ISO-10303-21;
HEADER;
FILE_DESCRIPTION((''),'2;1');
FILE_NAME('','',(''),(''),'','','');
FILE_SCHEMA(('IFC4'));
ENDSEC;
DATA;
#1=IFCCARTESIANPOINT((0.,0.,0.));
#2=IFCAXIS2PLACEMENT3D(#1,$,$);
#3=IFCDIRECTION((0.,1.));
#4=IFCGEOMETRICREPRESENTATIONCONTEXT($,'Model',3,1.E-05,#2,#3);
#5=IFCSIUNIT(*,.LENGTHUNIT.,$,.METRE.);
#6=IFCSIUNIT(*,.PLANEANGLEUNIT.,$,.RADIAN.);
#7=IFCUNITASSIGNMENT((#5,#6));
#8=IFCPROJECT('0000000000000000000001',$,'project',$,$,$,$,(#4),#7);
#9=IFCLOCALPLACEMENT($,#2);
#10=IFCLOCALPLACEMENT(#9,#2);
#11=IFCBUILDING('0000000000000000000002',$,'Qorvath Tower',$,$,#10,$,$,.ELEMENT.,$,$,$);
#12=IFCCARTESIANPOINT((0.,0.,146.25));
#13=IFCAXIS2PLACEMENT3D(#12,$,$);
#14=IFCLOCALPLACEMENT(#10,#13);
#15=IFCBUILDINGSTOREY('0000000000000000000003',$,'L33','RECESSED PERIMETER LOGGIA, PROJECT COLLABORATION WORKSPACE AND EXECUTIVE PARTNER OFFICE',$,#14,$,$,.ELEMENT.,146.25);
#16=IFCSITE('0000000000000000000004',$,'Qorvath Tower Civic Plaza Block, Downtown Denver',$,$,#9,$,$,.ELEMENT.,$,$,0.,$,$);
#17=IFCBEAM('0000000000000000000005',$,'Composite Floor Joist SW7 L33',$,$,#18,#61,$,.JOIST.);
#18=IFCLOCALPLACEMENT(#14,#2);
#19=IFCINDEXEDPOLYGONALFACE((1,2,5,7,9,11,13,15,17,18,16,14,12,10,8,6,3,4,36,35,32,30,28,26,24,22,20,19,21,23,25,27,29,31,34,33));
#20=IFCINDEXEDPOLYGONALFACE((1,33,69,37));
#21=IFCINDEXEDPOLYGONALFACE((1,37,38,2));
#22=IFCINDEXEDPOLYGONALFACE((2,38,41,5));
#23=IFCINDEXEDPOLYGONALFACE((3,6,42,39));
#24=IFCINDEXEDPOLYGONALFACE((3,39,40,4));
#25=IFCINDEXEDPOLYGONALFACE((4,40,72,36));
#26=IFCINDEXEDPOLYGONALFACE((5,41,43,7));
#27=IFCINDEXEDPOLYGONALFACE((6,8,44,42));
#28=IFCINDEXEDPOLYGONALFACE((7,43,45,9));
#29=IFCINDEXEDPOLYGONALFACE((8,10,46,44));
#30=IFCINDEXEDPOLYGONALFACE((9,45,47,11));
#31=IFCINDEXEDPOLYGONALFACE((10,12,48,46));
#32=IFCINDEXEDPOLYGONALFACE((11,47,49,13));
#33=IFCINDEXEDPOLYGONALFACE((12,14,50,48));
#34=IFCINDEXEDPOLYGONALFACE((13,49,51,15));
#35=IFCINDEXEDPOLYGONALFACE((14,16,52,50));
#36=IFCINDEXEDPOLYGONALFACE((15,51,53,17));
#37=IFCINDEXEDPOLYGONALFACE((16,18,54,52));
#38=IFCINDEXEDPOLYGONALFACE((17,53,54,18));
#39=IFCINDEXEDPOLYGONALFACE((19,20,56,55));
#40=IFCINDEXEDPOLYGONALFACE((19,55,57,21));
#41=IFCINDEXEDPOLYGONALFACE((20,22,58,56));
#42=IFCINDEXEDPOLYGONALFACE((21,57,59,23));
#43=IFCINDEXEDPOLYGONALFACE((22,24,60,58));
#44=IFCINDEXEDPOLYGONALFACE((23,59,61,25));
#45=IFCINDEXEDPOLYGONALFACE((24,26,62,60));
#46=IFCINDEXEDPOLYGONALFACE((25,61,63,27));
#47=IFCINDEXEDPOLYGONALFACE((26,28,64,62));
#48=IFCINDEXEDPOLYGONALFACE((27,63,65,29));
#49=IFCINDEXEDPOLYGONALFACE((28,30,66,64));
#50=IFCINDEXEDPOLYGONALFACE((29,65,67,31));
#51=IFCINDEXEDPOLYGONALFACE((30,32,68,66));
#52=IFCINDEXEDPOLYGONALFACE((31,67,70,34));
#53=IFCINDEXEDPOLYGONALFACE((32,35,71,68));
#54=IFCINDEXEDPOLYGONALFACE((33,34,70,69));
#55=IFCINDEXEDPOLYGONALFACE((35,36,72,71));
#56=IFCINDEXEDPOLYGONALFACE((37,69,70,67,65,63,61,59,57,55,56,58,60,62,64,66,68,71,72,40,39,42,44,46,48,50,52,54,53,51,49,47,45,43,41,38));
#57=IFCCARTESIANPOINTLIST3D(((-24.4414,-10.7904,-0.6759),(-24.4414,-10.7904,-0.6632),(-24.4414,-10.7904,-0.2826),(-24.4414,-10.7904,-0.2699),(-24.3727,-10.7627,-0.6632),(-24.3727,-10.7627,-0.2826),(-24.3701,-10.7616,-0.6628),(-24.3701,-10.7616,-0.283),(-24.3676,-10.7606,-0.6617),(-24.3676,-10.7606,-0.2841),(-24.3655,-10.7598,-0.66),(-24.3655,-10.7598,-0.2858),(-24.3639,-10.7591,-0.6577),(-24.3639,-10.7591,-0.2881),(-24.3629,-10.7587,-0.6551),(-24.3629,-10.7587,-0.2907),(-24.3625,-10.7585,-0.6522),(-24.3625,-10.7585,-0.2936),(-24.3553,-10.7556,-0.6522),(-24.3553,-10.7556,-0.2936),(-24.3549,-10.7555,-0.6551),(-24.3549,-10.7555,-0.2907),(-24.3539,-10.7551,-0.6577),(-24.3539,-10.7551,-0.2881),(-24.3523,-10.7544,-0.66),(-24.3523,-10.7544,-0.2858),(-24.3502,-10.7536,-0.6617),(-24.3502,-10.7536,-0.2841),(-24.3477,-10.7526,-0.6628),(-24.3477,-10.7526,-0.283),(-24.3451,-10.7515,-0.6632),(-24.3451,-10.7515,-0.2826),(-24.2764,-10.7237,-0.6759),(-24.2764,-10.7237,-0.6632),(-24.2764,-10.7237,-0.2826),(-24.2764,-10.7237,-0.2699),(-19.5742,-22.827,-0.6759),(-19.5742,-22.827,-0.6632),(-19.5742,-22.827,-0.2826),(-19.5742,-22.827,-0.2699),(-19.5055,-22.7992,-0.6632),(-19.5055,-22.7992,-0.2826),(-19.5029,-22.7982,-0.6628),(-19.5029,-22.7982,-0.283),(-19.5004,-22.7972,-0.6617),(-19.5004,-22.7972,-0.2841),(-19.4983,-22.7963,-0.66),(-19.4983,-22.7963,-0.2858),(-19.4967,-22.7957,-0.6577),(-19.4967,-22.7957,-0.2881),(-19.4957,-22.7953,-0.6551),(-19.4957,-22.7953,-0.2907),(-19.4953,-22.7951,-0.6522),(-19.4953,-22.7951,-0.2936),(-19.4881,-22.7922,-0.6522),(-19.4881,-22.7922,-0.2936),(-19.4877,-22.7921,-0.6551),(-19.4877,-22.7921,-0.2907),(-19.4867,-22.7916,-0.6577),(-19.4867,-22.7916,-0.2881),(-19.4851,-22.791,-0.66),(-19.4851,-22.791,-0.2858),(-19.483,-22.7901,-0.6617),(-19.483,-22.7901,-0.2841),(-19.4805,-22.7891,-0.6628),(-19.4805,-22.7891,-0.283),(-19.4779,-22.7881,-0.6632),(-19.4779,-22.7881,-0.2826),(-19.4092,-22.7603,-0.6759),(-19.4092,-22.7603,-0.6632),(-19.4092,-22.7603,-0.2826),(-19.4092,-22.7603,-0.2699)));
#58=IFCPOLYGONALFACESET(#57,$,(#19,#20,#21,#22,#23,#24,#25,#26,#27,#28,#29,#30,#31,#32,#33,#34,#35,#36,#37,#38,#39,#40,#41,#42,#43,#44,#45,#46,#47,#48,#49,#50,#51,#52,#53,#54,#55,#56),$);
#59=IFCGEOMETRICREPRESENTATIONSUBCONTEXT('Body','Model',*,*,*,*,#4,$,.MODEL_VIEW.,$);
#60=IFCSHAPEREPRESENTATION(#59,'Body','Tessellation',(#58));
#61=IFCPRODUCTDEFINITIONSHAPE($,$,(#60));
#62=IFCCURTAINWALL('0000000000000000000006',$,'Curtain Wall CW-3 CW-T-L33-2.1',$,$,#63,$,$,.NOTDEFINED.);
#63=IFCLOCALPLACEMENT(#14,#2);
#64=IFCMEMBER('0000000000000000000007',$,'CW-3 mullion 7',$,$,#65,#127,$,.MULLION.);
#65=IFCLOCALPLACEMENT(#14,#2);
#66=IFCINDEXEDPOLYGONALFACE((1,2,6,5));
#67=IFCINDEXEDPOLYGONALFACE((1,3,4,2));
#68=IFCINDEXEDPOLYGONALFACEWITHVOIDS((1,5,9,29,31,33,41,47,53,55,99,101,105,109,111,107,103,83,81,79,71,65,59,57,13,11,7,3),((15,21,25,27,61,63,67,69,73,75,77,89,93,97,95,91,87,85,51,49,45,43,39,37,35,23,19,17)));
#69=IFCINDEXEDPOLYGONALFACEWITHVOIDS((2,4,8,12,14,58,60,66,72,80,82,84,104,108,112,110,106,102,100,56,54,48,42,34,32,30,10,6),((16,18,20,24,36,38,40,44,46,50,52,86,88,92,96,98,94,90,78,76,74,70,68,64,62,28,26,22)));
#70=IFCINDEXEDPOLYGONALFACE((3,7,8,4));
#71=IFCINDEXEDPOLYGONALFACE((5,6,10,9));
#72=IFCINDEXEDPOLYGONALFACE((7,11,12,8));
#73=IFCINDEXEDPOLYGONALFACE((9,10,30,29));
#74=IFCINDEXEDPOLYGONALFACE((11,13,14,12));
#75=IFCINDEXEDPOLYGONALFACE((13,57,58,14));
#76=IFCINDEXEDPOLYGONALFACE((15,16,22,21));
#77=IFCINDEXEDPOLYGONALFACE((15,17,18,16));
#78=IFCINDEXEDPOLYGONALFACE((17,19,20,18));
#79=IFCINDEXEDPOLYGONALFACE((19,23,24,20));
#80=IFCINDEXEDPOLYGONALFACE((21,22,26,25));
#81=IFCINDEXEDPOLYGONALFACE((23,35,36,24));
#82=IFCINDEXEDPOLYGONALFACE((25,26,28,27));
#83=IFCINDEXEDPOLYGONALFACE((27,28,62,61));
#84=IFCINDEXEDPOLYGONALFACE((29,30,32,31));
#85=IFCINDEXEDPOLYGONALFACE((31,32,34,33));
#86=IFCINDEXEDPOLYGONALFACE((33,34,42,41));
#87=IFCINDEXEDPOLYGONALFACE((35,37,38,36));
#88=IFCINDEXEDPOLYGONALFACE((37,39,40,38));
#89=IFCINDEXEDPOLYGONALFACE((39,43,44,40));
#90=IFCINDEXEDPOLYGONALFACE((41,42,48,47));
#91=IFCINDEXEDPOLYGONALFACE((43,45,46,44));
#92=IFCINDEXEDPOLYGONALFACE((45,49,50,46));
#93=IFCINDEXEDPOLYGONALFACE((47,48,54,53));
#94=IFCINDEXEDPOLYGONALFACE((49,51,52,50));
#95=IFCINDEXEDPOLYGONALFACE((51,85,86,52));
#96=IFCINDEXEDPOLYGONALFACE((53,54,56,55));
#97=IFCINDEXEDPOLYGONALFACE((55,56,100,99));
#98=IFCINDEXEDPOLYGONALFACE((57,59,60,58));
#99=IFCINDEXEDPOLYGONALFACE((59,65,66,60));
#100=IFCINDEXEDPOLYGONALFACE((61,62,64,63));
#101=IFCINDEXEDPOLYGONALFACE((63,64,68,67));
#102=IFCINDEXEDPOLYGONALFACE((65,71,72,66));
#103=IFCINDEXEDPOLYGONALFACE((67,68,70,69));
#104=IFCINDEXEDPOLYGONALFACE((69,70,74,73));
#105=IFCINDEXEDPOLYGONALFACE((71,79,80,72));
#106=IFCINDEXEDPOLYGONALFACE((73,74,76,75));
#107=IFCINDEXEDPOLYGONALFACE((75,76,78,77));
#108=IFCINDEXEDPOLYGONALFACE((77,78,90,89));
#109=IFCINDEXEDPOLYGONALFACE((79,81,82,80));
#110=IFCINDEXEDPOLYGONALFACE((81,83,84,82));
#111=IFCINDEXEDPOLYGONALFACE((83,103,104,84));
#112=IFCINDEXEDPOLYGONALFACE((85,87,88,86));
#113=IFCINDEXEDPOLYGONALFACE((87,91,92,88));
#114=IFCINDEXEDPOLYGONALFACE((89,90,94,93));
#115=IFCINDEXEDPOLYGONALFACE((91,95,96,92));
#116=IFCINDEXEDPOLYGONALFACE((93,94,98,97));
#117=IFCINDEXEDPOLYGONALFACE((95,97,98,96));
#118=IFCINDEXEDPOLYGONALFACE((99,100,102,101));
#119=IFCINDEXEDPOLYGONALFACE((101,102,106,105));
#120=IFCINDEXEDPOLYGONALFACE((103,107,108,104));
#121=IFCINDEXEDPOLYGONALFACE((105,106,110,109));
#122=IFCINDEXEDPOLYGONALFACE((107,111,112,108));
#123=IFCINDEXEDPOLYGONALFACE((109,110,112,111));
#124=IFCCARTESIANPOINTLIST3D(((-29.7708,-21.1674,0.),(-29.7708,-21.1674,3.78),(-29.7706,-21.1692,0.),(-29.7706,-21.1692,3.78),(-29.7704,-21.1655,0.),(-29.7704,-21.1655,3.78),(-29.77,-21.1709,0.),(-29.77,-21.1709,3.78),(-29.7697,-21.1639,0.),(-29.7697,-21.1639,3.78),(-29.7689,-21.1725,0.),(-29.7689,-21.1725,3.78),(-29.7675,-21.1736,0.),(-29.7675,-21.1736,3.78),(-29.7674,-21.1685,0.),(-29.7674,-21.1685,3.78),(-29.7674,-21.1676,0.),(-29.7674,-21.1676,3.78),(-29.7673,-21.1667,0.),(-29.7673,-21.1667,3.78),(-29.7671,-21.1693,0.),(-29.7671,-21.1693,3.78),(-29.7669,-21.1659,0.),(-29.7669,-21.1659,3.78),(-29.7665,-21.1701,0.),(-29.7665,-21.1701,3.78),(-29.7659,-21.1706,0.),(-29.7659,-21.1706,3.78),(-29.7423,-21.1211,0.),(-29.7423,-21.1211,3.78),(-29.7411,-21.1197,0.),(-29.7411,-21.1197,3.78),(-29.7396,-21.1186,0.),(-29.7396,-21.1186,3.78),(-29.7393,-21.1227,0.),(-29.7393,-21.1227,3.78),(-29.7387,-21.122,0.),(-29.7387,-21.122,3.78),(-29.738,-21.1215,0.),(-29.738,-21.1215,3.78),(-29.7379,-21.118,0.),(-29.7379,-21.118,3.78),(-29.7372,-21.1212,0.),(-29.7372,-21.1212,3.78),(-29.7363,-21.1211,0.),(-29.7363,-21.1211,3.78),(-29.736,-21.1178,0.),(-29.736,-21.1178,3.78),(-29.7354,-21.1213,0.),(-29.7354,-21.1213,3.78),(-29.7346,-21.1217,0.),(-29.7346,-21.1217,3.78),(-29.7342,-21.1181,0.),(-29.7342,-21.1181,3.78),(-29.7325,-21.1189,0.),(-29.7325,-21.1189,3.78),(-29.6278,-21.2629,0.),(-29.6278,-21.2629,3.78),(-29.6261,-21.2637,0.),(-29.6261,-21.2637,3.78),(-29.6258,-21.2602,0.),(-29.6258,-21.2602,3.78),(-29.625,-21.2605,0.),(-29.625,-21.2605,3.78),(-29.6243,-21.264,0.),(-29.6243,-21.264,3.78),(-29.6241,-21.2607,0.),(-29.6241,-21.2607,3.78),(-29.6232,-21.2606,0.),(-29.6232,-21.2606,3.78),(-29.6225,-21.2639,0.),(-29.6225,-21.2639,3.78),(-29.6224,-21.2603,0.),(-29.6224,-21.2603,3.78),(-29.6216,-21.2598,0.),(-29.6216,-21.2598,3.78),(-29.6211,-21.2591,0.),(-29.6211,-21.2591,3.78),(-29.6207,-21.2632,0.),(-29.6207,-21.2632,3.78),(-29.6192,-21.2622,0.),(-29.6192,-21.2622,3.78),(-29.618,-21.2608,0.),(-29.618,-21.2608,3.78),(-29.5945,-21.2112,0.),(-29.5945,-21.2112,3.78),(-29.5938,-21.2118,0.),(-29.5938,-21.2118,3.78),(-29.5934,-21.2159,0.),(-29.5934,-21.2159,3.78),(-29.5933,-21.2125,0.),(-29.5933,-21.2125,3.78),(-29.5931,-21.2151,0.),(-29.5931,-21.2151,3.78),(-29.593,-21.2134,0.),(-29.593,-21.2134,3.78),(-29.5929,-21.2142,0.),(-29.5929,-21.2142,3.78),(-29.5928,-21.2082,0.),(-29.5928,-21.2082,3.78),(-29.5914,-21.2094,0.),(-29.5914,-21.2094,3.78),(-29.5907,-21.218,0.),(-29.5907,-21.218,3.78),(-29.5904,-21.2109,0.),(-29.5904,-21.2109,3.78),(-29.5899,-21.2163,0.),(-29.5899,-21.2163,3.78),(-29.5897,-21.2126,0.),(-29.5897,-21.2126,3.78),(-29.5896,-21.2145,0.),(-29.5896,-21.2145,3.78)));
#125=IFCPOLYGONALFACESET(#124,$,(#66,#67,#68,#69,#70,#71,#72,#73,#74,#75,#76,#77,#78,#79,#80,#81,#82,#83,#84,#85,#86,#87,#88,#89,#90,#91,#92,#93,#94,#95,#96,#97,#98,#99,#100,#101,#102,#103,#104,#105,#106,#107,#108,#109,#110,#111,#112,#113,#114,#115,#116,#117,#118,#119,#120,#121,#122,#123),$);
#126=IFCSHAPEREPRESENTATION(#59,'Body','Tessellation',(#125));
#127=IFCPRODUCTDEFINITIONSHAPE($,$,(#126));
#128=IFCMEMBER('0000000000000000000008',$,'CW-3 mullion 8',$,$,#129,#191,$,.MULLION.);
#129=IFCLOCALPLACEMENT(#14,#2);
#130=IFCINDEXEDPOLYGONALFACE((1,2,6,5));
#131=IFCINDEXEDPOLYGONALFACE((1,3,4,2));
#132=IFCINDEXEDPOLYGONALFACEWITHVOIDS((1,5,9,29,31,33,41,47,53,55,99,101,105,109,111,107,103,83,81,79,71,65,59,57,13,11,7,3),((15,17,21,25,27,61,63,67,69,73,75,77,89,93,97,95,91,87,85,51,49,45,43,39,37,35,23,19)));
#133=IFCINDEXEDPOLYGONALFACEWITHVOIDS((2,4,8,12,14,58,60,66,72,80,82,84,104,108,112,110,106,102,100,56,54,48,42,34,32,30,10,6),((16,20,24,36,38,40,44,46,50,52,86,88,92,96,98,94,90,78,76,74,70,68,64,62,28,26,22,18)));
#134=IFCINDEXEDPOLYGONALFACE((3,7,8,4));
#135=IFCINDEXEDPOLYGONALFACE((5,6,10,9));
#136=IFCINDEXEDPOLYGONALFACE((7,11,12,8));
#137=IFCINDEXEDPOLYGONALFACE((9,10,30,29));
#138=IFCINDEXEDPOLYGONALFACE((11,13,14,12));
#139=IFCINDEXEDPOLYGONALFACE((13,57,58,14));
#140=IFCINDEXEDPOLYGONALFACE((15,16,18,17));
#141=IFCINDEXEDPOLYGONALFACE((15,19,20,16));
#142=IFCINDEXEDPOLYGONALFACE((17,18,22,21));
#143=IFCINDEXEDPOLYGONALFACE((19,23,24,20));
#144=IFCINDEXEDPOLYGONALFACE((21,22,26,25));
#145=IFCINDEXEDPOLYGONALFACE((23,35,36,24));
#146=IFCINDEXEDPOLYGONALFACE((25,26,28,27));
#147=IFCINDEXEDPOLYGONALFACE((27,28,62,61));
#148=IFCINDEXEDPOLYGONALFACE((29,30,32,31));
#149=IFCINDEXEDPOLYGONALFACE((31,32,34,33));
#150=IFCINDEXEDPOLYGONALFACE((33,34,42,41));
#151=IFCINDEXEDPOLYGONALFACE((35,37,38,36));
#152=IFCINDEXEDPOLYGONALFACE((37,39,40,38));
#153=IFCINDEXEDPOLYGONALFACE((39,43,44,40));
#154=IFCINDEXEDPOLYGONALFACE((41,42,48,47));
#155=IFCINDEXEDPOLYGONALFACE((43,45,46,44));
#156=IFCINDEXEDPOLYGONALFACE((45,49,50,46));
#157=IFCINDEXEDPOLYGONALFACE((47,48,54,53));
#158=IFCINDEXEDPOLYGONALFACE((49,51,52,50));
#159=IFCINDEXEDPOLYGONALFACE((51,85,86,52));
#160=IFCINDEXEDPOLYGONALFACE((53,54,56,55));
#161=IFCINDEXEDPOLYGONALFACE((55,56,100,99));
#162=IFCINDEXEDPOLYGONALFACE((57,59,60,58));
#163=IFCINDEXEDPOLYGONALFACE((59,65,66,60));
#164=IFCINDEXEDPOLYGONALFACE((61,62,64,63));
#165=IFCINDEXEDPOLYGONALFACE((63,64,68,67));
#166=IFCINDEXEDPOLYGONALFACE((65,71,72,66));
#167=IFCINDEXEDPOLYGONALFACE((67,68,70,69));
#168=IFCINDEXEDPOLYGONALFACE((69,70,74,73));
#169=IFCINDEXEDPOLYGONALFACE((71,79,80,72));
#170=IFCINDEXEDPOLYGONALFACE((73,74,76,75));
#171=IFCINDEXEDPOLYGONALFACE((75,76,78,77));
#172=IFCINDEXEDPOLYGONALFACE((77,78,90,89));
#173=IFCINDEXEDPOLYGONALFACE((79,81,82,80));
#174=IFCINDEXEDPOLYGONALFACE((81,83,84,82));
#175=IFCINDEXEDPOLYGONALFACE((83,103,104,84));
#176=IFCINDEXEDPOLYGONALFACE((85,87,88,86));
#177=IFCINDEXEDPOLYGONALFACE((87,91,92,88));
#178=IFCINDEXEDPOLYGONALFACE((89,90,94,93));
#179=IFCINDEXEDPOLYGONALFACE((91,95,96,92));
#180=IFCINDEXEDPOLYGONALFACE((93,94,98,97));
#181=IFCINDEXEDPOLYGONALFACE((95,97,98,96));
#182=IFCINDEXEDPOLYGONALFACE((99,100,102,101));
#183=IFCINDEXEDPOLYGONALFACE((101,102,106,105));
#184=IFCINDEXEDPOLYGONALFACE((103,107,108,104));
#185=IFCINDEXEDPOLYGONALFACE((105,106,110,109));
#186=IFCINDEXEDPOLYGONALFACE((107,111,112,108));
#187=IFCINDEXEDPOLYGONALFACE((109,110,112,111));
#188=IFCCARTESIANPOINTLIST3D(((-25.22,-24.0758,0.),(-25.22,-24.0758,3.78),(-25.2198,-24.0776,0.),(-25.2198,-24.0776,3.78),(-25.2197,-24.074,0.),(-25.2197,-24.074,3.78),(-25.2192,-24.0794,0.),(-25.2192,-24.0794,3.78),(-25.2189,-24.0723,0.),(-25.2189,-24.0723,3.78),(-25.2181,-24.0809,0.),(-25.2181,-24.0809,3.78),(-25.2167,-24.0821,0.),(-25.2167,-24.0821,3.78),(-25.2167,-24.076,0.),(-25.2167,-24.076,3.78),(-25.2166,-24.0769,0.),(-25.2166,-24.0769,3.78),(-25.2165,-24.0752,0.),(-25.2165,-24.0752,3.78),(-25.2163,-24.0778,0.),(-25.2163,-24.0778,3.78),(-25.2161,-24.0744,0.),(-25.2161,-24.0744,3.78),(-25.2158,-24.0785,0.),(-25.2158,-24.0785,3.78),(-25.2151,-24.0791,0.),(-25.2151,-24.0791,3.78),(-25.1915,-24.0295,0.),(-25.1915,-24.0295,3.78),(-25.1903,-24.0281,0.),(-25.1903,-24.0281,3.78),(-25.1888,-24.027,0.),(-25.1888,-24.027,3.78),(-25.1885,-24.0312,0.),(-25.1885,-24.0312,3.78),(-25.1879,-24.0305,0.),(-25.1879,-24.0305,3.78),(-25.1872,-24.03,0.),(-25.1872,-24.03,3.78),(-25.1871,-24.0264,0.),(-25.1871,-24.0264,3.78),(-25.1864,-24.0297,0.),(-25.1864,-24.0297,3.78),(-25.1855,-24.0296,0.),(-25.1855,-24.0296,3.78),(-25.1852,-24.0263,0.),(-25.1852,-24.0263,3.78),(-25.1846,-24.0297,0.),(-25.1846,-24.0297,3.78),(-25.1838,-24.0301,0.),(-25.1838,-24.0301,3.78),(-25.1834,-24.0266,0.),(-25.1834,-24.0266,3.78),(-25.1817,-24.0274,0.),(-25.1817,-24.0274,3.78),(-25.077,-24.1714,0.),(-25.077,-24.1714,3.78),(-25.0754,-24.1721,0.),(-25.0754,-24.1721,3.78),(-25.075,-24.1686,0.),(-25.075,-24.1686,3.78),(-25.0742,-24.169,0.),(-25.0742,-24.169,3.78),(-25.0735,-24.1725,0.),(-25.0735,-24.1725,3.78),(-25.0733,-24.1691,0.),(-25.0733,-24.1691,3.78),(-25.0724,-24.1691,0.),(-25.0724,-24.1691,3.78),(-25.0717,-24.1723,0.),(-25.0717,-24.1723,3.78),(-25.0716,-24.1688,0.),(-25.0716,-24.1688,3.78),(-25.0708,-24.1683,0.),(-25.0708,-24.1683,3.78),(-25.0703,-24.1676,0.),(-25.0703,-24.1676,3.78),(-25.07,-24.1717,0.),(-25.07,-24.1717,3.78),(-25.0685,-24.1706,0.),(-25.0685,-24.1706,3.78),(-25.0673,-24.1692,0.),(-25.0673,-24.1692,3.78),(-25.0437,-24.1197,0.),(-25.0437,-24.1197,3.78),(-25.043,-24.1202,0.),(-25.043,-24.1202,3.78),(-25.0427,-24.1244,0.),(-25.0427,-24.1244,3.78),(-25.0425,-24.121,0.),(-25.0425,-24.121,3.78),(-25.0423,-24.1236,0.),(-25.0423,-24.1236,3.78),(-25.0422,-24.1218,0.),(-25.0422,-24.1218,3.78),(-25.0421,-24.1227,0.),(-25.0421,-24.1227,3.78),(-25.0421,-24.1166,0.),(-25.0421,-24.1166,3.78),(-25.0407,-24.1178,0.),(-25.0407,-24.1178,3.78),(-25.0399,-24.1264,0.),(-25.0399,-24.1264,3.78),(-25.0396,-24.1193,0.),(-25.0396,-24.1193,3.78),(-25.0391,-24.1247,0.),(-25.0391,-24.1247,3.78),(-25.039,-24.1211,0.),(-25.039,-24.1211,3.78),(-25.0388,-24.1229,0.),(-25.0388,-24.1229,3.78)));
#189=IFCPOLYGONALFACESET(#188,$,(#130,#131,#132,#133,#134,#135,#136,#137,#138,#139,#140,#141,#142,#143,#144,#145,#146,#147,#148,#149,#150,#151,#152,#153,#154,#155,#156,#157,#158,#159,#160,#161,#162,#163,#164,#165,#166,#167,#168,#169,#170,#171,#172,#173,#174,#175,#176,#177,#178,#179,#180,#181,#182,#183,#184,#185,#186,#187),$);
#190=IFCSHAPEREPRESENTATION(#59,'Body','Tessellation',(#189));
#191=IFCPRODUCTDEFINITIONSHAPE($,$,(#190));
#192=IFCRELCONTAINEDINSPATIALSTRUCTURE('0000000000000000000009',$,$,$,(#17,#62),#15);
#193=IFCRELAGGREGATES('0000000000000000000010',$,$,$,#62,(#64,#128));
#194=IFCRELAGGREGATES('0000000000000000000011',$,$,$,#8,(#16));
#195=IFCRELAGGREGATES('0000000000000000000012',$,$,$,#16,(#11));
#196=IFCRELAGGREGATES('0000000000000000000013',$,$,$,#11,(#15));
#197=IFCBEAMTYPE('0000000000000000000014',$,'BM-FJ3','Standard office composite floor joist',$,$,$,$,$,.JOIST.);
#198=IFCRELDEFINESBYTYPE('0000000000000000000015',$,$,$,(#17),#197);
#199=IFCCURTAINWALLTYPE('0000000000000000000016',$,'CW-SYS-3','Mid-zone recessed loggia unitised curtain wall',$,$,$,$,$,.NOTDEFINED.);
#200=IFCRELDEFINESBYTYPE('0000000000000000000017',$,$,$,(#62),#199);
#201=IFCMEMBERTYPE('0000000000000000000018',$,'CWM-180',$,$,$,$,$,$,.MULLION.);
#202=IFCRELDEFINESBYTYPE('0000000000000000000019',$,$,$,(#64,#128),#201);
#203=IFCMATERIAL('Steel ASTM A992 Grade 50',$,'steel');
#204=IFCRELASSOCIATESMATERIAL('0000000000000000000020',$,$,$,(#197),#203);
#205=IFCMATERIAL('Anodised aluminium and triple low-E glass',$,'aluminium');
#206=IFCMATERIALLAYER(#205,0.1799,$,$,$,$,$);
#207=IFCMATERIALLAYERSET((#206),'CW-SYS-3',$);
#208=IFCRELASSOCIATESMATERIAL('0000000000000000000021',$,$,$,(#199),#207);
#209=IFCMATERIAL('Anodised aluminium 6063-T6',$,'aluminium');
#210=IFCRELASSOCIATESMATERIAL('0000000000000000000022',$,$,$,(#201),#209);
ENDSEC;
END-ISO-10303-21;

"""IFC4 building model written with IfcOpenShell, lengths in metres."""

from ifc_helpers import new_model, si_unit, direction, frame, origin, origin_2d, place, context, subcontext, project, spatial, hollow_rectangle, i_section, extrude, material, layer, layer_set, material_profile, profile_set, type_object, element, aggregate, save


model = new_model("IFC4")

# Units and contexts
model_context = context("Model", 3, precision=1e-05, world=origin(), true_north=direction((0.0, 1.0)))
body_context = subcontext(model_context, "Body", "Model", "MODEL_VIEW")
ifc_project = project(units=[si_unit("LENGTHUNIT", "METRE"), si_unit("PLANEANGLEUNIT", "RADIAN")], contexts=[model_context])

# Site, building, storey
site_placement = place(None, origin())
site = spatial("IfcSite", under=ifc_project, at=site_placement, Name="Qorvath Tower Civic Plaza Block, Downtown Denver", CompositionType="ELEMENT", RefElevation=0.0)
building_placement = place(site_placement, origin())
building = spatial("IfcBuilding", under=site, at=building_placement, Name="Qorvath Tower", CompositionType="ELEMENT")
storey_placement = place(building_placement, frame((0.0, 0.0, 146.25)))
storey = spatial("IfcBuildingStorey", under=building, at=storey_placement, Name="L33", Description="RECESSED PERIMETER LOGGIA, PROJECT COLLABORATION WORKSPACE AND EXECUTIVE PARTNER OFFICE", CompositionType="ELEMENT", Elevation=146.25)

# Beam
ifc_material_1 = material(Name="Steel ASTM A992 Grade 50", Category="steel")
ifc_material_profile_1 = material_profile(ifc_material_1, i_section(OverallWidth=0.178, OverallDepth=0.406, WebThickness=0.0078, FlangeThickness=0.0127, FilletRadius=0.011, at=origin_2d()), Name="W16x40")
ifc_profile_set_1 = profile_set([ifc_material_profile_1], Name="Steel ASTM A992 Grade 50")
beam_type_1 = type_object("IfcBeamType", Name="BM-FJ3", Description="Standard office composite floor joist", PredefinedType="JOIST", material=ifc_profile_set_1)
beam_1_placement = place(storey_placement, frame((-24.3589, -10.7571, -0.4729), z_axis=(0.374877, -0.927075, 0.0), x_axis=(0.927075, 0.374877, 0.0)))
element("IfcBeam", 1, at=beam_1_placement, inside=storey, type_object=beam_type_1, Name="Composite Floor Joist SW7 L33", PredefinedType="JOIST", context=body_context, shape_type="SweptSolid", body=[
    extrude(i_section(OverallWidth=0.178, OverallDepth=0.406, WebThickness=0.0078, FlangeThickness=0.0127, FilletRadius=0.011, at=origin_2d()), origin(), (0.0, 0.0, 1.0), 12.9834),
])

# Curtain wall, members
ifc_material_2 = material(Name="Anodised aluminium and triple low-E glass", Category="aluminium")
ifc_layer_1 = layer(ifc_material_2, 0.1799)
ifc_layer_set_1 = layer_set([ifc_layer_1], Name="CW-SYS-3")
curtain_wall_type = type_object("IfcCurtainWallType", Name="CW-SYS-3", Description="Mid-zone recessed loggia unitised curtain wall", PredefinedType="NOTDEFINED", material=ifc_layer_set_1)
curtain_wall_placement = place(storey_placement, origin())
curtain_wall = element("IfcCurtainWall", 2, at=curtain_wall_placement, inside=storey, type_object=curtain_wall_type, Name="Curtain Wall CW-3 CW-T-L33-2.1", PredefinedType="NOTDEFINED")
ifc_material_3 = material(Name="Anodised aluminium 6063-T6", Category="aluminium")
ifc_material_profile_2 = material_profile(ifc_material_3, hollow_rectangle(XDim=0.0649, YDim=0.1799, WallThickness=0.0034, InnerFilletRadius=0.0034, OuterFilletRadius=0.0071, at=origin_2d()), Name="CWM 180x65")
ifc_profile_set_2 = profile_set([ifc_material_profile_2], Name="Anodised aluminium 6063-T6")
member_type_1 = type_object("IfcMemberType", Name="CWM-180", PredefinedType="MULLION", material=ifc_profile_set_2)
member_1_placement = place(storey_placement, frame((-29.6802, -21.1909, 0.0), z_axis=(0.0, 0.0, 1.0), x_axis=(0.538533, 0.842604, 0.0)))
member_1 = element("IfcMember", 3, at=member_1_placement, type_object=member_type_1, Name="CW-3 mullion 7", PredefinedType="MULLION", context=body_context, shape_type="SweptSolid", body=[
    extrude(hollow_rectangle(XDim=0.0649, YDim=0.1799, WallThickness=0.0034, InnerFilletRadius=0.0034, OuterFilletRadius=0.0071, at=origin_2d()), origin(), (0.0, 0.0, 1.0), 3.78),
])
member_2_placement = place(storey_placement, frame((-25.1294, -24.0994, 0.0), z_axis=(0.0, 0.0, 1.0), x_axis=(0.538533, 0.842604, 0.0)))
member_2 = element("IfcMember", 4, at=member_2_placement, type_object=member_type_1, Name="CW-3 mullion 8", PredefinedType="MULLION", context=body_context, shape_type="SweptSolid", body=[
    extrude(hollow_rectangle(XDim=0.0649, YDim=0.1799, WallThickness=0.0034, InnerFilletRadius=0.0034, OuterFilletRadius=0.0071, at=origin_2d()), origin(), (0.0, 0.0, 1.0), 3.78),
])
aggregate(curtain_wall, [member_1, member_2])

save(model, "model.ifc")
